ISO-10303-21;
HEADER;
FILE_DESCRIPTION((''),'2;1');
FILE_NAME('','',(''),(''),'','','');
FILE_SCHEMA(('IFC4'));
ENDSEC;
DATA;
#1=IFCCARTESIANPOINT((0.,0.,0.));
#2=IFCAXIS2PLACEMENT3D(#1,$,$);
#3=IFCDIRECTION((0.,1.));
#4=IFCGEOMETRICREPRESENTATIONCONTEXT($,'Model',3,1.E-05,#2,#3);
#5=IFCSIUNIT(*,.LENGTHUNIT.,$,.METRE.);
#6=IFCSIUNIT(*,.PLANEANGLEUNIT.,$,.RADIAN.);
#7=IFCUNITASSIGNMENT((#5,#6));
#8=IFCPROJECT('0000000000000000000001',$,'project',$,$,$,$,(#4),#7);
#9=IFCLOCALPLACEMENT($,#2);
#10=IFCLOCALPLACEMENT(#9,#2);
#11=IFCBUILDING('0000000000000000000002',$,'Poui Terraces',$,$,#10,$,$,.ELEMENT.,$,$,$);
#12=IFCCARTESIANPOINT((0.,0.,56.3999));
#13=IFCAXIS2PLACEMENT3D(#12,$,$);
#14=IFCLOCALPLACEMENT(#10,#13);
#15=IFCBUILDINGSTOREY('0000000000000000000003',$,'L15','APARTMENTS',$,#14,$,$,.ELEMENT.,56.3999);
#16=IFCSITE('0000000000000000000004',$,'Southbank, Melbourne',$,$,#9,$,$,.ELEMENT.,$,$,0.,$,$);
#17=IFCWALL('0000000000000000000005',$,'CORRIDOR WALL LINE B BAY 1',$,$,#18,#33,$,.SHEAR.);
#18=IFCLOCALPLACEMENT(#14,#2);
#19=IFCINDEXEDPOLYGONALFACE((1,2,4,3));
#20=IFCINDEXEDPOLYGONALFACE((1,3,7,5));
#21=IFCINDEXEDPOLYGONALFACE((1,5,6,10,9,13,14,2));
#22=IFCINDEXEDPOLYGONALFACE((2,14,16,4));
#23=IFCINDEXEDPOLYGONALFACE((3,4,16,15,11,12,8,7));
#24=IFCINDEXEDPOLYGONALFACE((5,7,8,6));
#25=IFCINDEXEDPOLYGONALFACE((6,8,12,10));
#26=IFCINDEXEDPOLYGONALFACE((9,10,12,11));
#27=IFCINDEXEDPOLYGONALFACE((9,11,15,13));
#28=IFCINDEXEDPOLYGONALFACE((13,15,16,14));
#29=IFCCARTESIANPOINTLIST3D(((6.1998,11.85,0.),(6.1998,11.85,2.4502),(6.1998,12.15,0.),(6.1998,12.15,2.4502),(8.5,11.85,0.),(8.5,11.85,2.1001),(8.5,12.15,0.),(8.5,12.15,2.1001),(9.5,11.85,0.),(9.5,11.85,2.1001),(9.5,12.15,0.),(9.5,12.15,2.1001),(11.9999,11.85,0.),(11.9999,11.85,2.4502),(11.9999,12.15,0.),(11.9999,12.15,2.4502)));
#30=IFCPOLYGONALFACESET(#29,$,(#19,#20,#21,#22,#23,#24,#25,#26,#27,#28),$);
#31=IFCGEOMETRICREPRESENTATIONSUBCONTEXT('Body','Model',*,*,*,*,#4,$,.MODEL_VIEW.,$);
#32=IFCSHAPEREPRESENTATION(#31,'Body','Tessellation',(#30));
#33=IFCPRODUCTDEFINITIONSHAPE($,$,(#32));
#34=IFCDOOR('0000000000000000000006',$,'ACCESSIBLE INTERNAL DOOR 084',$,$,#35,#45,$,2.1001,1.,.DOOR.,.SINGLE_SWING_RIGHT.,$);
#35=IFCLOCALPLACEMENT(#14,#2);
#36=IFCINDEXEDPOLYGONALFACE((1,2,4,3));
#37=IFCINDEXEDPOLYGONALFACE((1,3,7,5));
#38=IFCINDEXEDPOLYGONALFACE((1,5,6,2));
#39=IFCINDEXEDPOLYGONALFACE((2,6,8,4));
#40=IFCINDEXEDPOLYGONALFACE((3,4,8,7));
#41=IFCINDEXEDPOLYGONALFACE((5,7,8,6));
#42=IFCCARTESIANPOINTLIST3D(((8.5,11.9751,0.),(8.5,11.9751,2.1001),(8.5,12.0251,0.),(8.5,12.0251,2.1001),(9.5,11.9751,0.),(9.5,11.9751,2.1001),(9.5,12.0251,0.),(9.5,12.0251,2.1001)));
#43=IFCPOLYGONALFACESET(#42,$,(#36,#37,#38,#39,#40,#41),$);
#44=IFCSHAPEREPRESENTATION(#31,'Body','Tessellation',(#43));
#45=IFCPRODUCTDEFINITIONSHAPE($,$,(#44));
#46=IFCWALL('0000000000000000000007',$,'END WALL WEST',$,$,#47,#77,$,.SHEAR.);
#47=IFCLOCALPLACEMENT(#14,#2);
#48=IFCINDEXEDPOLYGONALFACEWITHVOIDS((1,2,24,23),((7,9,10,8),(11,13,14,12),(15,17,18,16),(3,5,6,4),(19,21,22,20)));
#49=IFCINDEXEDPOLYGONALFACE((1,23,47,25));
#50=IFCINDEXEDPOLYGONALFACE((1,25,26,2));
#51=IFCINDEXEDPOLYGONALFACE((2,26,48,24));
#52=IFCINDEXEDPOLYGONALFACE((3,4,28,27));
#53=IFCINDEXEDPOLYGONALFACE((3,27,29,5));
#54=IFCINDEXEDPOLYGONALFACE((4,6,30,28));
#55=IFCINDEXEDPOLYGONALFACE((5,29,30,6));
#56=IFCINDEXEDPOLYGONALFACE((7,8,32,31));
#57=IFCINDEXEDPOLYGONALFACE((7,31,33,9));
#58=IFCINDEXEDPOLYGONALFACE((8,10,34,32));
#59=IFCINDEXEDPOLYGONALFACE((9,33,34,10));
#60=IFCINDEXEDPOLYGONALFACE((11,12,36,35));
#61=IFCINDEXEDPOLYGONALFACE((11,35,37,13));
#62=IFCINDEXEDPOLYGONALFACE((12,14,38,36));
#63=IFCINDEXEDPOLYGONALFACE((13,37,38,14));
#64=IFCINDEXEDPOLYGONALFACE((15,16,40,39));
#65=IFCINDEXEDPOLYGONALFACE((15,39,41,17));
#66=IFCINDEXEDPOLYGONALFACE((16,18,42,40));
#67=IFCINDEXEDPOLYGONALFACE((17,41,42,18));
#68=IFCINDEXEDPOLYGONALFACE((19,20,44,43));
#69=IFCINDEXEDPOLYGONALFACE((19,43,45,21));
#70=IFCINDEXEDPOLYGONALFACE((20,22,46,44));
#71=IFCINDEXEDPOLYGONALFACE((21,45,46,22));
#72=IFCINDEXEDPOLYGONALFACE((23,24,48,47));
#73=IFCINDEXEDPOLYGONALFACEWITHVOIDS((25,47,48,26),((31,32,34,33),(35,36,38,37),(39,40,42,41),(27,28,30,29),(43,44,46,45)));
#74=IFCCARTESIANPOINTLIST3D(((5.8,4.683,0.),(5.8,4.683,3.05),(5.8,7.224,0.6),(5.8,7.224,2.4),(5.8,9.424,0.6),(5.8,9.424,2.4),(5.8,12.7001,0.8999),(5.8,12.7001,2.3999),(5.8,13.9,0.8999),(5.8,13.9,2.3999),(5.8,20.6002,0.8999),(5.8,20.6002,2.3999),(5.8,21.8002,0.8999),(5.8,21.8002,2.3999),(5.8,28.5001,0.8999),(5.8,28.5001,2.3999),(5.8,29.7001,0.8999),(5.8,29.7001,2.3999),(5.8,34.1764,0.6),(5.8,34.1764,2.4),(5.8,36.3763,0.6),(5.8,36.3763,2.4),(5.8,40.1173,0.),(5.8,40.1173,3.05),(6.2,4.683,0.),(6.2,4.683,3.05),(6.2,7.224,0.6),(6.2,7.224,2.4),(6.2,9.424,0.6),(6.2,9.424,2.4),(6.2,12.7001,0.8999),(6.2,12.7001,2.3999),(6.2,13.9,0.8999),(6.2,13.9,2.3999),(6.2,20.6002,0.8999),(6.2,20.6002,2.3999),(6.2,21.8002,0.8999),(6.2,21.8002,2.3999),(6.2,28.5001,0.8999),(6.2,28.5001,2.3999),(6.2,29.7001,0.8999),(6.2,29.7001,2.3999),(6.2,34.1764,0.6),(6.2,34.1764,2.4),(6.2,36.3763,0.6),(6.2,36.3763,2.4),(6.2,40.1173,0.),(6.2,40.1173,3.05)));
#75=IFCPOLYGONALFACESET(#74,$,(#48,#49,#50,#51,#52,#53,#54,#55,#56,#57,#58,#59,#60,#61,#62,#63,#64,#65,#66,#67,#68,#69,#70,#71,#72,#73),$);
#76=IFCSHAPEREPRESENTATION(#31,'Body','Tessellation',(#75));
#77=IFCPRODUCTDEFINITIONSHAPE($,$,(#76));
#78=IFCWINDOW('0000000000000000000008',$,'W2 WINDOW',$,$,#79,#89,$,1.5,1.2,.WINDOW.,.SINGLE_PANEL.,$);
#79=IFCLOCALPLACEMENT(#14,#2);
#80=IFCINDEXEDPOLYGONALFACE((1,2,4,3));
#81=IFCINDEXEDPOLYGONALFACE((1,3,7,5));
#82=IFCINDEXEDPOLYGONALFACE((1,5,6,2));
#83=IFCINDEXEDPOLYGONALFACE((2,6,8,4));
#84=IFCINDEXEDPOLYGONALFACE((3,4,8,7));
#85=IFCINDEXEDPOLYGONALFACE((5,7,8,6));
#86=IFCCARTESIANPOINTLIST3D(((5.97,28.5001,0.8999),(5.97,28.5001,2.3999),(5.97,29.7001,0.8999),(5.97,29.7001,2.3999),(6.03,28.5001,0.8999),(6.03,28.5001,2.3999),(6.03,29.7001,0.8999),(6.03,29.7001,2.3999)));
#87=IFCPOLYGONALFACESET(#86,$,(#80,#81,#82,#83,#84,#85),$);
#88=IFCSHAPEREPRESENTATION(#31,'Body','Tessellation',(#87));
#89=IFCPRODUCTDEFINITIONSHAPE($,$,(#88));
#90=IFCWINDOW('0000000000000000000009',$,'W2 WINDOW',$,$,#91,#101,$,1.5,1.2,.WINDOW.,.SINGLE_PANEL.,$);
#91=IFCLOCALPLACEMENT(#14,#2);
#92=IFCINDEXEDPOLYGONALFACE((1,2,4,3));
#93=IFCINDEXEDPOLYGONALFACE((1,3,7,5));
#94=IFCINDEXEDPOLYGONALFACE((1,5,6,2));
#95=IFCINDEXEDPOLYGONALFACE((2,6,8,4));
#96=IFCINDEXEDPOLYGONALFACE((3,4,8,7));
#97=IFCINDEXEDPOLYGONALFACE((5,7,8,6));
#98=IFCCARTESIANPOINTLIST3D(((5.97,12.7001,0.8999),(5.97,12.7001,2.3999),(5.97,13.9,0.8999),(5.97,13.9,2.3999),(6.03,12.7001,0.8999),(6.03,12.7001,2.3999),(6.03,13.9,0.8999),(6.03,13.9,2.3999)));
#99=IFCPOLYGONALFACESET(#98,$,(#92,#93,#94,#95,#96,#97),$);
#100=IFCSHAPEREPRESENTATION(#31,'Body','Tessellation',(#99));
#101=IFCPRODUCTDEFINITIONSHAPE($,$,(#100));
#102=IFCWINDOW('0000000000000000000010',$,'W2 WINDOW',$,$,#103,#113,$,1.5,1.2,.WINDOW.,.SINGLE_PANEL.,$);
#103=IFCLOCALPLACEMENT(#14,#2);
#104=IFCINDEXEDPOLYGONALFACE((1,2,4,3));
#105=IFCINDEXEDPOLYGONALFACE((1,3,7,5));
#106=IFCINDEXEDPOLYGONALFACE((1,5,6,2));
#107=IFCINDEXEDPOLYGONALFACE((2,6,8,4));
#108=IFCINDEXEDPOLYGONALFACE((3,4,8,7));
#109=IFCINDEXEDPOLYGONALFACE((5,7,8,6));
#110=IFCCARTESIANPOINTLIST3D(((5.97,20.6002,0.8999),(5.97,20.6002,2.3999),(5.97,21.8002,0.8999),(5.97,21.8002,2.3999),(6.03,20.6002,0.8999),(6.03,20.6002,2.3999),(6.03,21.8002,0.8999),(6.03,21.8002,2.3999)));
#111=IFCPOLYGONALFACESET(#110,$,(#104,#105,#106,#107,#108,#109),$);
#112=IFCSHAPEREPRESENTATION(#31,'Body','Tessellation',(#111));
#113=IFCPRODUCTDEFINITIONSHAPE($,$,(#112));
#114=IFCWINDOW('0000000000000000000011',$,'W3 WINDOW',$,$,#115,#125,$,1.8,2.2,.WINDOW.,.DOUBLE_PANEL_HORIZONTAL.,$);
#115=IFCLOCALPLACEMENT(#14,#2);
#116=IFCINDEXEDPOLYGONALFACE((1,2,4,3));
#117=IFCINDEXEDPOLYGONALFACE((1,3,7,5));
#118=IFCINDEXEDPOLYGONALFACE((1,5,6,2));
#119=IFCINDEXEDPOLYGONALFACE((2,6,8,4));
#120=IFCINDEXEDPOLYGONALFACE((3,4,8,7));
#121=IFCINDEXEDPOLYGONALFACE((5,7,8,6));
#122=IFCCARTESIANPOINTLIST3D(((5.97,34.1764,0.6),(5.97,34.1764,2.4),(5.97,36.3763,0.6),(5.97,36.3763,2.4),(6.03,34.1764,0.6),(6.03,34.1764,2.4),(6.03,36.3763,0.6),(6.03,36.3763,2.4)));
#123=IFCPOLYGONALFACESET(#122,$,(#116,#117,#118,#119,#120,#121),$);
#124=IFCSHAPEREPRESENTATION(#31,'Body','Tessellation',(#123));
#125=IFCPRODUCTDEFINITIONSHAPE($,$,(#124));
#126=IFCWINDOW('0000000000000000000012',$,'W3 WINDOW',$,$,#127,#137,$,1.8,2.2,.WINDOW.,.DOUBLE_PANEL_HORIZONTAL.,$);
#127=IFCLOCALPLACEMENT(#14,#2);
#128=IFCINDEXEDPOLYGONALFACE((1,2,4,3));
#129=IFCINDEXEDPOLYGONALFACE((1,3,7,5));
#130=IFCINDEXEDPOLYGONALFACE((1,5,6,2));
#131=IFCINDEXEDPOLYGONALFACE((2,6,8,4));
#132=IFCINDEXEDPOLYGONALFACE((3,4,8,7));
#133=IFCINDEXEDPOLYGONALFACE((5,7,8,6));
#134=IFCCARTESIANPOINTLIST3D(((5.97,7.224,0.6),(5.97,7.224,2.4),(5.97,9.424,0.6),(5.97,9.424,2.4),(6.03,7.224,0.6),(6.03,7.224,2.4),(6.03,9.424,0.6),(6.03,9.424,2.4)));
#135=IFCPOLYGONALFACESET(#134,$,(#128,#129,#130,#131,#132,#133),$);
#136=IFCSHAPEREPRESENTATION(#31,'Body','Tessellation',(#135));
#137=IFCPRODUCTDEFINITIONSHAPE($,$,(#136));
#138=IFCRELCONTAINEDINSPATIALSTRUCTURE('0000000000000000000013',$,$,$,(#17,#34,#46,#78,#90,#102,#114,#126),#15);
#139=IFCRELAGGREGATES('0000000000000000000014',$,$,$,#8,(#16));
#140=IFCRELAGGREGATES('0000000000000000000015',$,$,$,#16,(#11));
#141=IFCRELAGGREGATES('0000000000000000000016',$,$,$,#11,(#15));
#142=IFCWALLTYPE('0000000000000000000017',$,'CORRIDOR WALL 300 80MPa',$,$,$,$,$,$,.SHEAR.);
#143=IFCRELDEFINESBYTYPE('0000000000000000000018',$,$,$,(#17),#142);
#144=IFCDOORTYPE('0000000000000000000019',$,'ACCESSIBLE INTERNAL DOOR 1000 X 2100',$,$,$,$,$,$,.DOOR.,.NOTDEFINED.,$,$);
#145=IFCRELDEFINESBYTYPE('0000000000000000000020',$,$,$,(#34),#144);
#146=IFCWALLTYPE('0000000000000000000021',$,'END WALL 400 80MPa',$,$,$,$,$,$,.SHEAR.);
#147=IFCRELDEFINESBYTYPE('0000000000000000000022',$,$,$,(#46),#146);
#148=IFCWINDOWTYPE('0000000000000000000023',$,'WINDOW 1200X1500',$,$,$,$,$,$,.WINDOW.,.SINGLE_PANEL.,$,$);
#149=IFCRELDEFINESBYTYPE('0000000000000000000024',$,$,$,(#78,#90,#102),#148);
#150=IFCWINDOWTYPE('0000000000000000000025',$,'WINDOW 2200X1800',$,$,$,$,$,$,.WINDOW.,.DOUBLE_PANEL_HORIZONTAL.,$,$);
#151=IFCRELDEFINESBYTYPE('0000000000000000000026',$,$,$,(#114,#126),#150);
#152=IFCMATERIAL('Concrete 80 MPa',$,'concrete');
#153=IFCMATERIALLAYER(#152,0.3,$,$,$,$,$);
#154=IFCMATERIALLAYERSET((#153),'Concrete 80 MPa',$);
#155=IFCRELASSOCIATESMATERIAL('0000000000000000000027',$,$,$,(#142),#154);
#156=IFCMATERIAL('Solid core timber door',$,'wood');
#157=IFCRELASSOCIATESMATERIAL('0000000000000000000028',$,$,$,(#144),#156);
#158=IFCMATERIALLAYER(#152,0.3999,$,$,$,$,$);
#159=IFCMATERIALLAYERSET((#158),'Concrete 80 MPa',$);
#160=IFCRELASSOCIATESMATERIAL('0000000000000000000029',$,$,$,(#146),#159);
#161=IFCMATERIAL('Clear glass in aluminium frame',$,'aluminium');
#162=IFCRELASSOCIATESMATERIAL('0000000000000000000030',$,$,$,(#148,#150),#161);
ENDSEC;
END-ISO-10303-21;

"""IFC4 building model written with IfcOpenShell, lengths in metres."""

from ifc_helpers import new_model, si_unit, direction, frame, frame_2d, origin, place, context, subcontext, project, spatial, rectangle, extrude, material, layer, layer_set, type_object, element, fill, save


model = new_model("IFC4")

# Units and contexts
model_context = context("Model", 3, precision=1e-05, world=origin(), true_north=direction((0.0, 1.0)))
body_context = subcontext(model_context, "Body", "Model", "MODEL_VIEW")
ifc_project = project(units=[si_unit("LENGTHUNIT", "METRE"), si_unit("PLANEANGLEUNIT", "RADIAN")], contexts=[model_context])

# Site, building, storey
site_placement = place(None, origin())
site = spatial("IfcSite", under=ifc_project, at=site_placement, Name="Southbank, Melbourne", CompositionType="ELEMENT", RefElevation=0.0)
building_placement = place(site_placement, origin())
building = spatial("IfcBuilding", under=site, at=building_placement, Name="Poui Terraces", CompositionType="ELEMENT")
storey_placement = place(building_placement, frame((0.0, 0.0, 56.3999)))
storey = spatial("IfcBuildingStorey", under=building, at=storey_placement, Name="L15", Description="APARTMENTS", CompositionType="ELEMENT", Elevation=56.3999)

# Wall, opening, door
ifc_material_1 = material(Name="Concrete 80 MPa", Category="concrete")
ifc_layer_1 = layer(ifc_material_1, 0.3)
ifc_layer_set_1 = layer_set([ifc_layer_1], Name="Concrete 80 MPa")
wall_type_1 = type_object("IfcWallType", Name="CORRIDOR WALL 300 80MPa", PredefinedType="SHEAR", material=ifc_layer_set_1)
wall_1_placement = place(storey_placement, frame((6.2, 12.0, 0.0), z_axis=(0.0, 0.0, 1.0), x_axis=(1.0, 0.0, 0.0)))
wall_1 = element("IfcWall", 1, at=wall_1_placement, inside=storey, type_object=wall_type_1, Name="CORRIDOR WALL LINE B BAY 1", PredefinedType="SHEAR", context=body_context, shape_type="SweptSolid", body=[
    extrude(rectangle(XDim=5.8, YDim=0.3, at=frame_2d((2.8999, 0.0))), origin(), (0.0, 0.0, 1.0), 2.4502),
])
opening_1_placement = place(wall_1_placement, frame((2.3, 0.0, 0.0)))
opening_1 = element("IfcOpeningElement", 2, at=opening_1_placement, cuts=wall_1, PredefinedType="OPENING", context=body_context, shape_type="SweptSolid", body=[
    extrude(rectangle(XDim=1.0, YDim=2.1001, at=frame_2d((0.5, 1.05))), frame((0.0, 0.1602, 0.0), z_axis=(0.0, -1.0, 0.0), x_axis=(1.0, 0.0, 0.0)), (0.0, 0.0, 1.0), 0.3201),
])
ifc_material_2 = material(Name="Solid core timber door", Category="wood")
door_type = type_object("IfcDoorType", Name="ACCESSIBLE INTERNAL DOOR 1000 X 2100", OperationType="NOTDEFINED", PredefinedType="DOOR", material=ifc_material_2)
door_placement = place(opening_1_placement, frame((1.0, 0.0, 0.0), z_axis=(0.0, 0.0, 1.0), x_axis=(-1.0, 0.0, 0.0)))
door = element("IfcDoor", 3, at=door_placement, inside=storey, type_object=door_type, Name="ACCESSIBLE INTERNAL DOOR 084", OperationType="SINGLE_SWING_RIGHT", OverallHeight=2.1001, OverallWidth=1.0, PredefinedType="DOOR", context=body_context, shape_type="SweptSolid", body=[
    extrude(rectangle(XDim=1.0, YDim=2.1001, at=frame_2d((0.5, 1.05))), frame((0.0, 0.0249, 0.0), z_axis=(0.0, -1.0, 0.0), x_axis=(1.0, 0.0, 0.0)), (0.0, 0.0, 1.0), 0.05),
])
fill(opening_1, door)

# Wall, openings, windows
ifc_layer_2 = layer(ifc_material_1, 0.3999)
ifc_layer_set_2 = layer_set([ifc_layer_2], Name="Concrete 80 MPa")
wall_type_2 = type_object("IfcWallType", Name="END WALL 400 80MPa", PredefinedType="SHEAR", material=ifc_layer_set_2)
wall_2_placement = place(storey_placement, frame((6.0, 4.6829, 0.0), z_axis=(0.0, 0.0, 1.0), x_axis=(0.0, 1.0, 0.0)))
wall_2 = element("IfcWall", 4, at=wall_2_placement, inside=storey, type_object=wall_type_2, Name="END WALL WEST", PredefinedType="SHEAR", context=body_context, shape_type="SweptSolid", body=[
    extrude(rectangle(XDim=35.4343, YDim=0.3999, at=frame_2d((17.7173, 0.0))), origin(), (0.0, 0.0, 1.0), 3.05),
])
opening_2_placement = place(wall_2_placement, frame((23.8171, 0.0, 0.8999)))
opening_2 = element("IfcOpeningElement", 5, at=opening_2_placement, cuts=wall_2, PredefinedType="OPENING", context=body_context, shape_type="SweptSolid", body=[
    extrude(rectangle(XDim=1.2, YDim=1.5, at=frame_2d((0.6001, 0.75))), frame((0.0, 0.21, 0.0), z_axis=(0.0, -1.0, 0.0), x_axis=(1.0, 0.0, 0.0)), (0.0, 0.0, 1.0), 0.4199),
])
opening_3_placement = place(wall_2_placement, frame((8.0171, 0.0, 0.8999)))
opening_3 = element("IfcOpeningElement", 6, at=opening_3_placement, cuts=wall_2, PredefinedType="OPENING", context=body_context, shape_type="SweptSolid", body=[
    extrude(rectangle(XDim=1.2, YDim=1.5, at=frame_2d((0.6001, 0.75))), frame((0.0, 0.21, 0.0), z_axis=(0.0, -1.0, 0.0), x_axis=(1.0, 0.0, 0.0)), (0.0, 0.0, 1.0), 0.4199),
])
opening_4_placement = place(wall_2_placement, frame((15.9172, 0.0, 0.8999)))
opening_4 = element("IfcOpeningElement", 7, at=opening_4_placement, cuts=wall_2, PredefinedType="OPENING", context=body_context, shape_type="SweptSolid", body=[
    extrude(rectangle(XDim=1.2, YDim=1.5, at=frame_2d((0.6001, 0.75))), frame((0.0, 0.21, 0.0), z_axis=(0.0, -1.0, 0.0), x_axis=(1.0, 0.0, 0.0)), (0.0, 0.0, 1.0), 0.4199),
])
opening_5_placement = place(wall_2_placement, frame((29.4934, 0.0, 0.6001)))
opening_5 = element("IfcOpeningElement", 8, at=opening_5_placement, cuts=wall_2, PredefinedType="OPENING", context=body_context, shape_type="SweptSolid", body=[
    extrude(rectangle(XDim=2.2, YDim=1.8, at=frame_2d((1.1001, 0.8999))), frame((0.0, 0.21, 0.0), z_axis=(0.0, -1.0, 0.0), x_axis=(1.0, 0.0, 0.0)), (0.0, 0.0, 1.0), 0.4199),
])
opening_6_placement = place(wall_2_placement, frame((2.541, 0.0, 0.6001)))
opening_6 = element("IfcOpeningElement", 9, at=opening_6_placement, cuts=wall_2, PredefinedType="OPENING", context=body_context, shape_type="SweptSolid", body=[
    extrude(rectangle(XDim=2.2, YDim=1.8, at=frame_2d((1.1001, 0.8999))), frame((0.0, 0.21, 0.0), z_axis=(0.0, -1.0, 0.0), x_axis=(1.0, 0.0, 0.0)), (0.0, 0.0, 1.0), 0.4199),
])
ifc_material_3 = material(Name="Clear glass in aluminium frame", Category="aluminium")
window_type_1 = type_object("IfcWindowType", Name="WINDOW 1200X1500", PartitioningType="SINGLE_PANEL", PredefinedType="WINDOW", material=ifc_material_3)
window_1_placement = place(opening_2_placement, origin())
window_1 = element("IfcWindow", 10, at=window_1_placement, inside=storey, type_object=window_type_1, Name="W2 WINDOW", OverallHeight=1.5, OverallWidth=1.2, PartitioningType="SINGLE_PANEL", PredefinedType="WINDOW", context=body_context, shape_type="SweptSolid", body=[
    extrude(rectangle(XDim=1.2, YDim=1.5, at=frame_2d((0.6001, 0.75))), frame((0.0, 0.03, 0.0), z_axis=(0.0, -1.0, 0.0), x_axis=(1.0, 0.0, 0.0)), (0.0, 0.0, 1.0), 0.0601),
])
fill(opening_2, window_1)
window_2_placement = place(opening_3_placement, origin())
window_2 = element("IfcWindow", 11, at=window_2_placement, inside=storey, type_object=window_type_1, Name="W2 WINDOW", OverallHeight=1.5, OverallWidth=1.2, PartitioningType="SINGLE_PANEL", PredefinedType="WINDOW", context=body_context, shape_type="SweptSolid", body=[
    extrude(rectangle(XDim=1.2, YDim=1.5, at=frame_2d((0.6001, 0.75))), frame((0.0, 0.03, 0.0), z_axis=(0.0, -1.0, 0.0), x_axis=(1.0, 0.0, 0.0)), (0.0, 0.0, 1.0), 0.0601),
])
fill(opening_3, window_2)
window_3_placement = place(opening_4_placement, origin())
window_3 = element("IfcWindow", 12, at=window_3_placement, inside=storey, type_object=window_type_1, Name="W2 WINDOW", OverallHeight=1.5, OverallWidth=1.2, PartitioningType="SINGLE_PANEL", PredefinedType="WINDOW", context=body_context, shape_type="SweptSolid", body=[
    extrude(rectangle(XDim=1.2, YDim=1.5, at=frame_2d((0.6001, 0.75))), frame((0.0, 0.03, 0.0), z_axis=(0.0, -1.0, 0.0), x_axis=(1.0, 0.0, 0.0)), (0.0, 0.0, 1.0), 0.0601),
])
fill(opening_4, window_3)
window_type_2 = type_object("IfcWindowType", Name="WINDOW 2200X1800", PartitioningType="DOUBLE_PANEL_HORIZONTAL", PredefinedType="WINDOW", material=ifc_material_3)
window_4_placement = place(opening_5_placement, origin())
window_4 = element("IfcWindow", 13, at=window_4_placement, inside=storey, type_object=window_type_2, Name="W3 WINDOW", OverallHeight=1.8, OverallWidth=2.2, PartitioningType="DOUBLE_PANEL_HORIZONTAL", PredefinedType="WINDOW", context=body_context, shape_type="SweptSolid", body=[
    extrude(rectangle(XDim=2.2, YDim=1.8, at=frame_2d((1.1001, 0.8999))), frame((0.0, 0.03, 0.0), z_axis=(0.0, -1.0, 0.0), x_axis=(1.0, 0.0, 0.0)), (0.0, 0.0, 1.0), 0.0601),
])
fill(opening_5, window_4)
window_5_placement = place(opening_6_placement, origin())
window_5 = element("IfcWindow", 14, at=window_5_placement, inside=storey, type_object=window_type_2, Name="W3 WINDOW", OverallHeight=1.8, OverallWidth=2.2, PartitioningType="DOUBLE_PANEL_HORIZONTAL", PredefinedType="WINDOW", context=body_context, shape_type="SweptSolid", body=[
    extrude(rectangle(XDim=2.2, YDim=1.8, at=frame_2d((1.1001, 0.8999))), frame((0.0, 0.03, 0.0), z_axis=(0.0, -1.0, 0.0), x_axis=(1.0, 0.0, 0.0)), (0.0, 0.0, 1.0), 0.0601),
])
fill(opening_6, window_5)

save(model, "model.ifc")
